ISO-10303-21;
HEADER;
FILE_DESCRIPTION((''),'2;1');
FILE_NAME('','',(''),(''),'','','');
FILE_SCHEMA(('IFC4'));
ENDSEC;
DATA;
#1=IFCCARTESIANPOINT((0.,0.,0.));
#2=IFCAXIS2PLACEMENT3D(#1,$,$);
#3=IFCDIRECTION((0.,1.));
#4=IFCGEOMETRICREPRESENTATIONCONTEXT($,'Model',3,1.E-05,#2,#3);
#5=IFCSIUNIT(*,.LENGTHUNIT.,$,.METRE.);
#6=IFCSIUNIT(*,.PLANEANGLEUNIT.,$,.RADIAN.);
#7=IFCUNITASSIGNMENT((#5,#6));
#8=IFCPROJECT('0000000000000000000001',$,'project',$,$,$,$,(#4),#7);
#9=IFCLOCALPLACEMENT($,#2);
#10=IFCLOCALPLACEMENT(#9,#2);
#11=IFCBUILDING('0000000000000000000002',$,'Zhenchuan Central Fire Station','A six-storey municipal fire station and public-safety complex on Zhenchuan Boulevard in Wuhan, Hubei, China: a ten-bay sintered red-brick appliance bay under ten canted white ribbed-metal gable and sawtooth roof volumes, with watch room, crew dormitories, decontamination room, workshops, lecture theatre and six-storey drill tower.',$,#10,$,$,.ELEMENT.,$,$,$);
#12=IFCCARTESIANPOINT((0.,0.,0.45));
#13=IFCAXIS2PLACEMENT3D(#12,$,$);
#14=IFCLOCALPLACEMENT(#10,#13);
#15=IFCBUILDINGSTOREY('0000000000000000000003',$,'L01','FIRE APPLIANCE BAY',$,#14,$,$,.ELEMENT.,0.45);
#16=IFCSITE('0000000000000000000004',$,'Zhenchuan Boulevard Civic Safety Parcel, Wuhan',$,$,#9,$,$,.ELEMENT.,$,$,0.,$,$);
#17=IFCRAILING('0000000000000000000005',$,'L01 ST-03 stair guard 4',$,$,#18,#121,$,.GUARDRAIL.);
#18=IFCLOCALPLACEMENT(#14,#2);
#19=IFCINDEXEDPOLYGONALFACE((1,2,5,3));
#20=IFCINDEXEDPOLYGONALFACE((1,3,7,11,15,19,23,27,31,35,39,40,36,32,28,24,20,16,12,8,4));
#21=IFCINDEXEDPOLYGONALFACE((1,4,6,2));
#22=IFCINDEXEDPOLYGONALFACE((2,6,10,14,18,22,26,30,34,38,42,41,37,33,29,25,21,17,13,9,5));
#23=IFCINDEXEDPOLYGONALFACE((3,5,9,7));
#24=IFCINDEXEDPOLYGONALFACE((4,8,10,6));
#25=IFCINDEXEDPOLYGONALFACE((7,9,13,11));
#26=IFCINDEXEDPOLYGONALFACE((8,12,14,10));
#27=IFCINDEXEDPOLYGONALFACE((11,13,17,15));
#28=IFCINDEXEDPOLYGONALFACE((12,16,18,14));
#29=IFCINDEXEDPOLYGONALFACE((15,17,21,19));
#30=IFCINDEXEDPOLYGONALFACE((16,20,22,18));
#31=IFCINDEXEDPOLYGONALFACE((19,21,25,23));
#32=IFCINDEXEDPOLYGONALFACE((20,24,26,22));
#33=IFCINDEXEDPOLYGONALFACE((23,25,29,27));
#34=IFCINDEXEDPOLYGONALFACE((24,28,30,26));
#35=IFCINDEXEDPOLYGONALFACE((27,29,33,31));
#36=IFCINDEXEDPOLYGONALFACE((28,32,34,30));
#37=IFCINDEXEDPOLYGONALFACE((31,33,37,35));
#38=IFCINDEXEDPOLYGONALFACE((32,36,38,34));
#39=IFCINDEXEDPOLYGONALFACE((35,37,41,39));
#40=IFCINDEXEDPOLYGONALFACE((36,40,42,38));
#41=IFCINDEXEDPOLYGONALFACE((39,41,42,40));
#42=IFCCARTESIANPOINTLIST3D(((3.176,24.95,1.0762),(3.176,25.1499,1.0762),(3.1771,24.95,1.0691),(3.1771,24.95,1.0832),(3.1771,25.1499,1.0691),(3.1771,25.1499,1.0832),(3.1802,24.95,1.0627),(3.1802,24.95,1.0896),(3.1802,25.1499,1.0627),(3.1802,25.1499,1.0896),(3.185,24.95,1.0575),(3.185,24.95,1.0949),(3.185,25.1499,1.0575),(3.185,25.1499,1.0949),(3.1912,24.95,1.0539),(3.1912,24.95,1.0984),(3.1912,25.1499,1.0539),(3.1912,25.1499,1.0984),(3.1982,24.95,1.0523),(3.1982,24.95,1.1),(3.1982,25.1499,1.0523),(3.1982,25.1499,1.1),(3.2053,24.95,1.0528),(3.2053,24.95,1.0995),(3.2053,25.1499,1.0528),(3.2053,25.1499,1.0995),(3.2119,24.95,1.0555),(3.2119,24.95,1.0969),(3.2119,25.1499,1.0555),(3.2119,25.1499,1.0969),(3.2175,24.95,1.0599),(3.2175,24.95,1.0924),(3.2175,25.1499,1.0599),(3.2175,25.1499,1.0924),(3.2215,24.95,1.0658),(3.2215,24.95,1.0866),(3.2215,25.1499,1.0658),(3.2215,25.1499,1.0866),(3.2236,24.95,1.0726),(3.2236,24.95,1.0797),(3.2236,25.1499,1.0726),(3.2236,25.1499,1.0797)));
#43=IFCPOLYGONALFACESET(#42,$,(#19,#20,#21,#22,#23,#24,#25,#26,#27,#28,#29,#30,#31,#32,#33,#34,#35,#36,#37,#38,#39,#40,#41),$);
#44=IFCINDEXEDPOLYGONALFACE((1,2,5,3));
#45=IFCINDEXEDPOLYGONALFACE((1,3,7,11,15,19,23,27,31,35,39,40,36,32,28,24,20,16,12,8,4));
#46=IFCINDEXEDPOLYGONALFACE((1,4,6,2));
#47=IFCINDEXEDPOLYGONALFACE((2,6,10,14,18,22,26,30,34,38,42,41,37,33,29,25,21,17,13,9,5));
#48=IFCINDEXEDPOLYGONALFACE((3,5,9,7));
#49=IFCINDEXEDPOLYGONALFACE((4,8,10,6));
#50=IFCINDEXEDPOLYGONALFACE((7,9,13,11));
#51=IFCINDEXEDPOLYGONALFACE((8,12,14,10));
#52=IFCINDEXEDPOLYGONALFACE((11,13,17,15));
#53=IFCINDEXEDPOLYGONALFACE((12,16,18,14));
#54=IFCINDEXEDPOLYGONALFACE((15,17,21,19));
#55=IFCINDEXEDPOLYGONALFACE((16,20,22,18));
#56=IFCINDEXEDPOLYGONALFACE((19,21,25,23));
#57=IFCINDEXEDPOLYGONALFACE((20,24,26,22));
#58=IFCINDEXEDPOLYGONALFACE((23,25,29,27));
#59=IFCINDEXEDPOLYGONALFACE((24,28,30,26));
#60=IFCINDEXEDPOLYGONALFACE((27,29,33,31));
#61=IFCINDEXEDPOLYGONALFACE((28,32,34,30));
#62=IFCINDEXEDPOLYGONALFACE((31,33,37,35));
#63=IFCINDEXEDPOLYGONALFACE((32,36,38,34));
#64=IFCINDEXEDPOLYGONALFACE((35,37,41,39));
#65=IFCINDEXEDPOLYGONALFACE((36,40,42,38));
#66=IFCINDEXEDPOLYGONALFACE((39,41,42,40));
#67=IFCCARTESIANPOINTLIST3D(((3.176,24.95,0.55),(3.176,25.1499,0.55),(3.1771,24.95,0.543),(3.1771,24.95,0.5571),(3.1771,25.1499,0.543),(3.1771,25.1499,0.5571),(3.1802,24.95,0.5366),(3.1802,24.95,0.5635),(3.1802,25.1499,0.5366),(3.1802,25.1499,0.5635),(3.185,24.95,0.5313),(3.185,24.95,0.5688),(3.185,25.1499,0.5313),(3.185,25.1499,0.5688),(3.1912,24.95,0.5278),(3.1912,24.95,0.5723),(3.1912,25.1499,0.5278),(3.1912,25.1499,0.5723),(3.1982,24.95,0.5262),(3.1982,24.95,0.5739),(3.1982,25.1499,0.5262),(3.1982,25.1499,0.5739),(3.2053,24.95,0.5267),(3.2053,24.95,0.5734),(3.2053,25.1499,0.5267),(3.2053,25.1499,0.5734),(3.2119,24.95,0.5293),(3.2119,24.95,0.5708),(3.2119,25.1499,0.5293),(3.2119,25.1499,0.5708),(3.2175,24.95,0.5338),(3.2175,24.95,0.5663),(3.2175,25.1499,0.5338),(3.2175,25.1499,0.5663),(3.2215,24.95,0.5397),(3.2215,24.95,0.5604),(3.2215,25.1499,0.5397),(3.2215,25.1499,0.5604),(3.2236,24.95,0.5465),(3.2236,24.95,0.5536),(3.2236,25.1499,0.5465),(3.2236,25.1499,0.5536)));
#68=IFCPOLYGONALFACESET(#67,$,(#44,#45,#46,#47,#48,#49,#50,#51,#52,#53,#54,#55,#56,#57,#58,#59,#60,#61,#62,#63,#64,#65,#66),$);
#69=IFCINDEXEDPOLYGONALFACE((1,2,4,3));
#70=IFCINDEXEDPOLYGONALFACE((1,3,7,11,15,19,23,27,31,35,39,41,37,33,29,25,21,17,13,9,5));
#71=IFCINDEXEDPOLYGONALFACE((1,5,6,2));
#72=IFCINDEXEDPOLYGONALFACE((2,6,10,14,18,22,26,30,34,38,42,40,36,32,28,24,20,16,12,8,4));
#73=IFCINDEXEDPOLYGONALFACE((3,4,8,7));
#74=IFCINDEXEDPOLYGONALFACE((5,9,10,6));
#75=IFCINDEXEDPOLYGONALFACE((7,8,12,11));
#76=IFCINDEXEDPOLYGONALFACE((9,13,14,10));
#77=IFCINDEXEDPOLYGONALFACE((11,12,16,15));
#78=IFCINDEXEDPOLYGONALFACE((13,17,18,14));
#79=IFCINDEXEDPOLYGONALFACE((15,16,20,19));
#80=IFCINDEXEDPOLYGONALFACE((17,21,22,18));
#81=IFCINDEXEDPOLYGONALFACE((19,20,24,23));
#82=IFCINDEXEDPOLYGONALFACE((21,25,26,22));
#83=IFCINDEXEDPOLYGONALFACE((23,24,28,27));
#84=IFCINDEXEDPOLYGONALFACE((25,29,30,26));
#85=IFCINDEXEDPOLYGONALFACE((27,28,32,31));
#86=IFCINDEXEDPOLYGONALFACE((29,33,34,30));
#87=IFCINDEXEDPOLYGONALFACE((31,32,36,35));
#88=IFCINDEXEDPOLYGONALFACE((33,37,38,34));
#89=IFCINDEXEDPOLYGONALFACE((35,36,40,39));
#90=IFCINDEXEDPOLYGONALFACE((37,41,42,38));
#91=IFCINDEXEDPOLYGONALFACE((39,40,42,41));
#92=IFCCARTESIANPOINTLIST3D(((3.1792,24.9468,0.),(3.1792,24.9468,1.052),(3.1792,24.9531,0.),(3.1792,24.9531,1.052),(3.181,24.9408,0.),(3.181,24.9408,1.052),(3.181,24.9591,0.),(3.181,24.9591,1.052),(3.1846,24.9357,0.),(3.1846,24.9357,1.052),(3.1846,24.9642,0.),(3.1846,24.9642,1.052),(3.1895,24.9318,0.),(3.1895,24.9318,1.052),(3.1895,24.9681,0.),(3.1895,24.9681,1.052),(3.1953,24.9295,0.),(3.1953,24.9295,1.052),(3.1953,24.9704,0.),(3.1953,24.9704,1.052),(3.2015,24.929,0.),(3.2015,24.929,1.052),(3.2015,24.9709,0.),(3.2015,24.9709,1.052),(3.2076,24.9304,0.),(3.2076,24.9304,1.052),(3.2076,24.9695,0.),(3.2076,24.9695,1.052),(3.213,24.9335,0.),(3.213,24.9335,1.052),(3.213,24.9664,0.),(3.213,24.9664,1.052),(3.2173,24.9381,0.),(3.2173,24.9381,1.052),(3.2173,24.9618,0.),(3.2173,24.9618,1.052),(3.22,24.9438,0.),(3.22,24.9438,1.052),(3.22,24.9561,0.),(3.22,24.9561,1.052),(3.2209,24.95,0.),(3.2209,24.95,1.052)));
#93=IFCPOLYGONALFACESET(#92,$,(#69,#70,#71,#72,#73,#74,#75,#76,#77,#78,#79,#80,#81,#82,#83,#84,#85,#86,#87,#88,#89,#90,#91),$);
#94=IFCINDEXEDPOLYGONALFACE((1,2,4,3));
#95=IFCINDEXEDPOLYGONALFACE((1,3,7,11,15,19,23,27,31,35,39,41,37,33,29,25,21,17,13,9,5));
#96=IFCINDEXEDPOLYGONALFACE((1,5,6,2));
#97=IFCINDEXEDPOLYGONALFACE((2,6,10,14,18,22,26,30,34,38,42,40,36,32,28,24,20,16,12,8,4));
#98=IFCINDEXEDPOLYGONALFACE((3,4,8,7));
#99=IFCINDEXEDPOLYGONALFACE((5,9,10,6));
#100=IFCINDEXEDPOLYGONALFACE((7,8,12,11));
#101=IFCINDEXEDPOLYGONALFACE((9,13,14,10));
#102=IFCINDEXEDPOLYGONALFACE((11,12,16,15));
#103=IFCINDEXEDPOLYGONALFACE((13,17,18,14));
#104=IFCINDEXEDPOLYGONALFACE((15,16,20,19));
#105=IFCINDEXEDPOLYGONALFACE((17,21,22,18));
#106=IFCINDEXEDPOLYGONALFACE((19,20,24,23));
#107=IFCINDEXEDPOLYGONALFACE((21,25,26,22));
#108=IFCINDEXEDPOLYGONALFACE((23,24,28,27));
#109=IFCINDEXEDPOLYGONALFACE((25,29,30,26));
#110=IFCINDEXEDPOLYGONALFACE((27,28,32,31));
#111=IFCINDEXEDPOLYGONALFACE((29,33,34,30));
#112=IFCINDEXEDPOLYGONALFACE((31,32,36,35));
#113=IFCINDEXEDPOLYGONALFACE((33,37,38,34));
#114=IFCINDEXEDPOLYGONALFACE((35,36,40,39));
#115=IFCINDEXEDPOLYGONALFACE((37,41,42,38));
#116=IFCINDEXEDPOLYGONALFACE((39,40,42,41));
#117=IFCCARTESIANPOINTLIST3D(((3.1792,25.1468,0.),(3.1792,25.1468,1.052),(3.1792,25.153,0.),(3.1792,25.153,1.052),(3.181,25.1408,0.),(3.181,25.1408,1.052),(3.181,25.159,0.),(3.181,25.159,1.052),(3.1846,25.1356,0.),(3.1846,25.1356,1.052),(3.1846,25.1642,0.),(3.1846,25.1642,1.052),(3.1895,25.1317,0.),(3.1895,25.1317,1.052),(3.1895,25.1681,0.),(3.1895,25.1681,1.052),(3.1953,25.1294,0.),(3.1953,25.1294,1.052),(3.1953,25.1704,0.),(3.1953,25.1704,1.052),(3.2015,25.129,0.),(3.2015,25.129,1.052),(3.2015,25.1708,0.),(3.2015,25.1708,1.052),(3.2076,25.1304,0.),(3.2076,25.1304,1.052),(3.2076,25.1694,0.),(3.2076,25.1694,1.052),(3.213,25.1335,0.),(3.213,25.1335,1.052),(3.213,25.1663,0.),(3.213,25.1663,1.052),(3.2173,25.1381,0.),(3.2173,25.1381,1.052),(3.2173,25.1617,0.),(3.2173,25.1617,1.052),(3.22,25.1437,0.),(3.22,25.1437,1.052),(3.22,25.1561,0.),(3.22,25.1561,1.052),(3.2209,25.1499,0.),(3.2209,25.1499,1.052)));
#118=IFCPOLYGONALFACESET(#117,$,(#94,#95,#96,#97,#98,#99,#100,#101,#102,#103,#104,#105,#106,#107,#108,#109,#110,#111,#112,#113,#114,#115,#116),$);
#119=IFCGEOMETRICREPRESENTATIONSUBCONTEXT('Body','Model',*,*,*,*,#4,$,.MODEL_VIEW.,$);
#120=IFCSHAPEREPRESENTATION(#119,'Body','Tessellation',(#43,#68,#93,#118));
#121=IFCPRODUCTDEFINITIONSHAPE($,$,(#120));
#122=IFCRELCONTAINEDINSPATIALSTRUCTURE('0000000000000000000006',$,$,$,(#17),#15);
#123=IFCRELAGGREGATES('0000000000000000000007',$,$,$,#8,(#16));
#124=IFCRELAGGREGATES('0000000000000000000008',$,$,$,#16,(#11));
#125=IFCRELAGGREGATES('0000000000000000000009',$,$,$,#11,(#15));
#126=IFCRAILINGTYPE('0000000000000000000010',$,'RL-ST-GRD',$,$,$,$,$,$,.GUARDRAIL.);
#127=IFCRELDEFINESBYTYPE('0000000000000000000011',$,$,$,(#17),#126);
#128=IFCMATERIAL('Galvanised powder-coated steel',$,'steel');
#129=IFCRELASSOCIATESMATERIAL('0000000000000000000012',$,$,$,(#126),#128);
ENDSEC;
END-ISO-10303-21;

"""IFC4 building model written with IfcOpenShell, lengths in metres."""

from ifc_helpers import new_model, si_unit, direction, frame, origin, origin_2d, place, context, subcontext, project, spatial, circle, extrude, material, type_object, element, save


model = new_model("IFC4")

# Units and contexts
model_context = context("Model", 3, precision=1e-05, world=origin(), true_north=direction((0.0, 1.0)))
body_context = subcontext(model_context, "Body", "Model", "MODEL_VIEW")
ifc_project = project(units=[si_unit("LENGTHUNIT", "METRE"), si_unit("PLANEANGLEUNIT", "RADIAN")], contexts=[model_context])

# Site, building, storey
site_placement = place(None, origin())
site = spatial("IfcSite", under=ifc_project, at=site_placement, Name="Zhenchuan Boulevard Civic Safety Parcel, Wuhan", CompositionType="ELEMENT", RefElevation=0.0)
building_placement = place(site_placement, origin())
building = spatial("IfcBuilding", under=site, at=building_placement, Name="Zhenchuan Central Fire Station", Description="A six-storey municipal fire station and public-safety complex on Zhenchuan Boulevard in Wuhan, Hubei, China: a ten-bay sintered red-brick appliance bay under ten canted white ribbed-metal gable and sawtooth roof volumes, with watch room, crew dormitories, decontamination room, workshops, lecture theatre and six-storey drill tower.", CompositionType="ELEMENT")
storey_placement = place(building_placement, frame((0.0, 0.0, 0.45)))
storey = spatial("IfcBuildingStorey", under=building, at=storey_placement, Name="L01", Description="FIRE APPLIANCE BAY", CompositionType="ELEMENT", Elevation=0.45)

# Railing
ifc_material_1 = material(Name="Galvanised powder-coated steel", Category="steel")
railing_type_1 = type_object("IfcRailingType", Name="RL-ST-GRD", PredefinedType="GUARDRAIL", material=ifc_material_1)
railing_1_placement = place(storey_placement, frame((3.2, 24.95, 0.0)))
element("IfcRailing", 1, at=railing_1_placement, inside=storey, type_object=railing_type_1, Name="L01 ST-03 stair guard 4", PredefinedType="GUARDRAIL", context=body_context, shape_type="SweptSolid", body=[
    extrude(circle(Radius=0.0239, at=origin_2d()), frame((0.0, 0.0, 1.0762), z_axis=(0.0, 1.0, 0.0), x_axis=(-1.0, 0.0, 0.0)), (0.0, 0.0, 1.0), 0.2),
    extrude(circle(Radius=0.0239, at=origin_2d()), frame((0.0, 0.0, 0.55), z_axis=(0.0, 1.0, 0.0), x_axis=(-1.0, 0.0, 0.0)), (0.0, 0.0, 1.0), 0.2),
    extrude(circle(Radius=0.021, at=origin_2d()), origin(), (0.0, 0.0, 1.0), 1.052),
    extrude(circle(Radius=0.021, at=origin_2d()), frame((0.0, 0.2, 0.0)), (0.0, 0.0, 1.0), 1.052),
])

save(model, "model.ifc")
